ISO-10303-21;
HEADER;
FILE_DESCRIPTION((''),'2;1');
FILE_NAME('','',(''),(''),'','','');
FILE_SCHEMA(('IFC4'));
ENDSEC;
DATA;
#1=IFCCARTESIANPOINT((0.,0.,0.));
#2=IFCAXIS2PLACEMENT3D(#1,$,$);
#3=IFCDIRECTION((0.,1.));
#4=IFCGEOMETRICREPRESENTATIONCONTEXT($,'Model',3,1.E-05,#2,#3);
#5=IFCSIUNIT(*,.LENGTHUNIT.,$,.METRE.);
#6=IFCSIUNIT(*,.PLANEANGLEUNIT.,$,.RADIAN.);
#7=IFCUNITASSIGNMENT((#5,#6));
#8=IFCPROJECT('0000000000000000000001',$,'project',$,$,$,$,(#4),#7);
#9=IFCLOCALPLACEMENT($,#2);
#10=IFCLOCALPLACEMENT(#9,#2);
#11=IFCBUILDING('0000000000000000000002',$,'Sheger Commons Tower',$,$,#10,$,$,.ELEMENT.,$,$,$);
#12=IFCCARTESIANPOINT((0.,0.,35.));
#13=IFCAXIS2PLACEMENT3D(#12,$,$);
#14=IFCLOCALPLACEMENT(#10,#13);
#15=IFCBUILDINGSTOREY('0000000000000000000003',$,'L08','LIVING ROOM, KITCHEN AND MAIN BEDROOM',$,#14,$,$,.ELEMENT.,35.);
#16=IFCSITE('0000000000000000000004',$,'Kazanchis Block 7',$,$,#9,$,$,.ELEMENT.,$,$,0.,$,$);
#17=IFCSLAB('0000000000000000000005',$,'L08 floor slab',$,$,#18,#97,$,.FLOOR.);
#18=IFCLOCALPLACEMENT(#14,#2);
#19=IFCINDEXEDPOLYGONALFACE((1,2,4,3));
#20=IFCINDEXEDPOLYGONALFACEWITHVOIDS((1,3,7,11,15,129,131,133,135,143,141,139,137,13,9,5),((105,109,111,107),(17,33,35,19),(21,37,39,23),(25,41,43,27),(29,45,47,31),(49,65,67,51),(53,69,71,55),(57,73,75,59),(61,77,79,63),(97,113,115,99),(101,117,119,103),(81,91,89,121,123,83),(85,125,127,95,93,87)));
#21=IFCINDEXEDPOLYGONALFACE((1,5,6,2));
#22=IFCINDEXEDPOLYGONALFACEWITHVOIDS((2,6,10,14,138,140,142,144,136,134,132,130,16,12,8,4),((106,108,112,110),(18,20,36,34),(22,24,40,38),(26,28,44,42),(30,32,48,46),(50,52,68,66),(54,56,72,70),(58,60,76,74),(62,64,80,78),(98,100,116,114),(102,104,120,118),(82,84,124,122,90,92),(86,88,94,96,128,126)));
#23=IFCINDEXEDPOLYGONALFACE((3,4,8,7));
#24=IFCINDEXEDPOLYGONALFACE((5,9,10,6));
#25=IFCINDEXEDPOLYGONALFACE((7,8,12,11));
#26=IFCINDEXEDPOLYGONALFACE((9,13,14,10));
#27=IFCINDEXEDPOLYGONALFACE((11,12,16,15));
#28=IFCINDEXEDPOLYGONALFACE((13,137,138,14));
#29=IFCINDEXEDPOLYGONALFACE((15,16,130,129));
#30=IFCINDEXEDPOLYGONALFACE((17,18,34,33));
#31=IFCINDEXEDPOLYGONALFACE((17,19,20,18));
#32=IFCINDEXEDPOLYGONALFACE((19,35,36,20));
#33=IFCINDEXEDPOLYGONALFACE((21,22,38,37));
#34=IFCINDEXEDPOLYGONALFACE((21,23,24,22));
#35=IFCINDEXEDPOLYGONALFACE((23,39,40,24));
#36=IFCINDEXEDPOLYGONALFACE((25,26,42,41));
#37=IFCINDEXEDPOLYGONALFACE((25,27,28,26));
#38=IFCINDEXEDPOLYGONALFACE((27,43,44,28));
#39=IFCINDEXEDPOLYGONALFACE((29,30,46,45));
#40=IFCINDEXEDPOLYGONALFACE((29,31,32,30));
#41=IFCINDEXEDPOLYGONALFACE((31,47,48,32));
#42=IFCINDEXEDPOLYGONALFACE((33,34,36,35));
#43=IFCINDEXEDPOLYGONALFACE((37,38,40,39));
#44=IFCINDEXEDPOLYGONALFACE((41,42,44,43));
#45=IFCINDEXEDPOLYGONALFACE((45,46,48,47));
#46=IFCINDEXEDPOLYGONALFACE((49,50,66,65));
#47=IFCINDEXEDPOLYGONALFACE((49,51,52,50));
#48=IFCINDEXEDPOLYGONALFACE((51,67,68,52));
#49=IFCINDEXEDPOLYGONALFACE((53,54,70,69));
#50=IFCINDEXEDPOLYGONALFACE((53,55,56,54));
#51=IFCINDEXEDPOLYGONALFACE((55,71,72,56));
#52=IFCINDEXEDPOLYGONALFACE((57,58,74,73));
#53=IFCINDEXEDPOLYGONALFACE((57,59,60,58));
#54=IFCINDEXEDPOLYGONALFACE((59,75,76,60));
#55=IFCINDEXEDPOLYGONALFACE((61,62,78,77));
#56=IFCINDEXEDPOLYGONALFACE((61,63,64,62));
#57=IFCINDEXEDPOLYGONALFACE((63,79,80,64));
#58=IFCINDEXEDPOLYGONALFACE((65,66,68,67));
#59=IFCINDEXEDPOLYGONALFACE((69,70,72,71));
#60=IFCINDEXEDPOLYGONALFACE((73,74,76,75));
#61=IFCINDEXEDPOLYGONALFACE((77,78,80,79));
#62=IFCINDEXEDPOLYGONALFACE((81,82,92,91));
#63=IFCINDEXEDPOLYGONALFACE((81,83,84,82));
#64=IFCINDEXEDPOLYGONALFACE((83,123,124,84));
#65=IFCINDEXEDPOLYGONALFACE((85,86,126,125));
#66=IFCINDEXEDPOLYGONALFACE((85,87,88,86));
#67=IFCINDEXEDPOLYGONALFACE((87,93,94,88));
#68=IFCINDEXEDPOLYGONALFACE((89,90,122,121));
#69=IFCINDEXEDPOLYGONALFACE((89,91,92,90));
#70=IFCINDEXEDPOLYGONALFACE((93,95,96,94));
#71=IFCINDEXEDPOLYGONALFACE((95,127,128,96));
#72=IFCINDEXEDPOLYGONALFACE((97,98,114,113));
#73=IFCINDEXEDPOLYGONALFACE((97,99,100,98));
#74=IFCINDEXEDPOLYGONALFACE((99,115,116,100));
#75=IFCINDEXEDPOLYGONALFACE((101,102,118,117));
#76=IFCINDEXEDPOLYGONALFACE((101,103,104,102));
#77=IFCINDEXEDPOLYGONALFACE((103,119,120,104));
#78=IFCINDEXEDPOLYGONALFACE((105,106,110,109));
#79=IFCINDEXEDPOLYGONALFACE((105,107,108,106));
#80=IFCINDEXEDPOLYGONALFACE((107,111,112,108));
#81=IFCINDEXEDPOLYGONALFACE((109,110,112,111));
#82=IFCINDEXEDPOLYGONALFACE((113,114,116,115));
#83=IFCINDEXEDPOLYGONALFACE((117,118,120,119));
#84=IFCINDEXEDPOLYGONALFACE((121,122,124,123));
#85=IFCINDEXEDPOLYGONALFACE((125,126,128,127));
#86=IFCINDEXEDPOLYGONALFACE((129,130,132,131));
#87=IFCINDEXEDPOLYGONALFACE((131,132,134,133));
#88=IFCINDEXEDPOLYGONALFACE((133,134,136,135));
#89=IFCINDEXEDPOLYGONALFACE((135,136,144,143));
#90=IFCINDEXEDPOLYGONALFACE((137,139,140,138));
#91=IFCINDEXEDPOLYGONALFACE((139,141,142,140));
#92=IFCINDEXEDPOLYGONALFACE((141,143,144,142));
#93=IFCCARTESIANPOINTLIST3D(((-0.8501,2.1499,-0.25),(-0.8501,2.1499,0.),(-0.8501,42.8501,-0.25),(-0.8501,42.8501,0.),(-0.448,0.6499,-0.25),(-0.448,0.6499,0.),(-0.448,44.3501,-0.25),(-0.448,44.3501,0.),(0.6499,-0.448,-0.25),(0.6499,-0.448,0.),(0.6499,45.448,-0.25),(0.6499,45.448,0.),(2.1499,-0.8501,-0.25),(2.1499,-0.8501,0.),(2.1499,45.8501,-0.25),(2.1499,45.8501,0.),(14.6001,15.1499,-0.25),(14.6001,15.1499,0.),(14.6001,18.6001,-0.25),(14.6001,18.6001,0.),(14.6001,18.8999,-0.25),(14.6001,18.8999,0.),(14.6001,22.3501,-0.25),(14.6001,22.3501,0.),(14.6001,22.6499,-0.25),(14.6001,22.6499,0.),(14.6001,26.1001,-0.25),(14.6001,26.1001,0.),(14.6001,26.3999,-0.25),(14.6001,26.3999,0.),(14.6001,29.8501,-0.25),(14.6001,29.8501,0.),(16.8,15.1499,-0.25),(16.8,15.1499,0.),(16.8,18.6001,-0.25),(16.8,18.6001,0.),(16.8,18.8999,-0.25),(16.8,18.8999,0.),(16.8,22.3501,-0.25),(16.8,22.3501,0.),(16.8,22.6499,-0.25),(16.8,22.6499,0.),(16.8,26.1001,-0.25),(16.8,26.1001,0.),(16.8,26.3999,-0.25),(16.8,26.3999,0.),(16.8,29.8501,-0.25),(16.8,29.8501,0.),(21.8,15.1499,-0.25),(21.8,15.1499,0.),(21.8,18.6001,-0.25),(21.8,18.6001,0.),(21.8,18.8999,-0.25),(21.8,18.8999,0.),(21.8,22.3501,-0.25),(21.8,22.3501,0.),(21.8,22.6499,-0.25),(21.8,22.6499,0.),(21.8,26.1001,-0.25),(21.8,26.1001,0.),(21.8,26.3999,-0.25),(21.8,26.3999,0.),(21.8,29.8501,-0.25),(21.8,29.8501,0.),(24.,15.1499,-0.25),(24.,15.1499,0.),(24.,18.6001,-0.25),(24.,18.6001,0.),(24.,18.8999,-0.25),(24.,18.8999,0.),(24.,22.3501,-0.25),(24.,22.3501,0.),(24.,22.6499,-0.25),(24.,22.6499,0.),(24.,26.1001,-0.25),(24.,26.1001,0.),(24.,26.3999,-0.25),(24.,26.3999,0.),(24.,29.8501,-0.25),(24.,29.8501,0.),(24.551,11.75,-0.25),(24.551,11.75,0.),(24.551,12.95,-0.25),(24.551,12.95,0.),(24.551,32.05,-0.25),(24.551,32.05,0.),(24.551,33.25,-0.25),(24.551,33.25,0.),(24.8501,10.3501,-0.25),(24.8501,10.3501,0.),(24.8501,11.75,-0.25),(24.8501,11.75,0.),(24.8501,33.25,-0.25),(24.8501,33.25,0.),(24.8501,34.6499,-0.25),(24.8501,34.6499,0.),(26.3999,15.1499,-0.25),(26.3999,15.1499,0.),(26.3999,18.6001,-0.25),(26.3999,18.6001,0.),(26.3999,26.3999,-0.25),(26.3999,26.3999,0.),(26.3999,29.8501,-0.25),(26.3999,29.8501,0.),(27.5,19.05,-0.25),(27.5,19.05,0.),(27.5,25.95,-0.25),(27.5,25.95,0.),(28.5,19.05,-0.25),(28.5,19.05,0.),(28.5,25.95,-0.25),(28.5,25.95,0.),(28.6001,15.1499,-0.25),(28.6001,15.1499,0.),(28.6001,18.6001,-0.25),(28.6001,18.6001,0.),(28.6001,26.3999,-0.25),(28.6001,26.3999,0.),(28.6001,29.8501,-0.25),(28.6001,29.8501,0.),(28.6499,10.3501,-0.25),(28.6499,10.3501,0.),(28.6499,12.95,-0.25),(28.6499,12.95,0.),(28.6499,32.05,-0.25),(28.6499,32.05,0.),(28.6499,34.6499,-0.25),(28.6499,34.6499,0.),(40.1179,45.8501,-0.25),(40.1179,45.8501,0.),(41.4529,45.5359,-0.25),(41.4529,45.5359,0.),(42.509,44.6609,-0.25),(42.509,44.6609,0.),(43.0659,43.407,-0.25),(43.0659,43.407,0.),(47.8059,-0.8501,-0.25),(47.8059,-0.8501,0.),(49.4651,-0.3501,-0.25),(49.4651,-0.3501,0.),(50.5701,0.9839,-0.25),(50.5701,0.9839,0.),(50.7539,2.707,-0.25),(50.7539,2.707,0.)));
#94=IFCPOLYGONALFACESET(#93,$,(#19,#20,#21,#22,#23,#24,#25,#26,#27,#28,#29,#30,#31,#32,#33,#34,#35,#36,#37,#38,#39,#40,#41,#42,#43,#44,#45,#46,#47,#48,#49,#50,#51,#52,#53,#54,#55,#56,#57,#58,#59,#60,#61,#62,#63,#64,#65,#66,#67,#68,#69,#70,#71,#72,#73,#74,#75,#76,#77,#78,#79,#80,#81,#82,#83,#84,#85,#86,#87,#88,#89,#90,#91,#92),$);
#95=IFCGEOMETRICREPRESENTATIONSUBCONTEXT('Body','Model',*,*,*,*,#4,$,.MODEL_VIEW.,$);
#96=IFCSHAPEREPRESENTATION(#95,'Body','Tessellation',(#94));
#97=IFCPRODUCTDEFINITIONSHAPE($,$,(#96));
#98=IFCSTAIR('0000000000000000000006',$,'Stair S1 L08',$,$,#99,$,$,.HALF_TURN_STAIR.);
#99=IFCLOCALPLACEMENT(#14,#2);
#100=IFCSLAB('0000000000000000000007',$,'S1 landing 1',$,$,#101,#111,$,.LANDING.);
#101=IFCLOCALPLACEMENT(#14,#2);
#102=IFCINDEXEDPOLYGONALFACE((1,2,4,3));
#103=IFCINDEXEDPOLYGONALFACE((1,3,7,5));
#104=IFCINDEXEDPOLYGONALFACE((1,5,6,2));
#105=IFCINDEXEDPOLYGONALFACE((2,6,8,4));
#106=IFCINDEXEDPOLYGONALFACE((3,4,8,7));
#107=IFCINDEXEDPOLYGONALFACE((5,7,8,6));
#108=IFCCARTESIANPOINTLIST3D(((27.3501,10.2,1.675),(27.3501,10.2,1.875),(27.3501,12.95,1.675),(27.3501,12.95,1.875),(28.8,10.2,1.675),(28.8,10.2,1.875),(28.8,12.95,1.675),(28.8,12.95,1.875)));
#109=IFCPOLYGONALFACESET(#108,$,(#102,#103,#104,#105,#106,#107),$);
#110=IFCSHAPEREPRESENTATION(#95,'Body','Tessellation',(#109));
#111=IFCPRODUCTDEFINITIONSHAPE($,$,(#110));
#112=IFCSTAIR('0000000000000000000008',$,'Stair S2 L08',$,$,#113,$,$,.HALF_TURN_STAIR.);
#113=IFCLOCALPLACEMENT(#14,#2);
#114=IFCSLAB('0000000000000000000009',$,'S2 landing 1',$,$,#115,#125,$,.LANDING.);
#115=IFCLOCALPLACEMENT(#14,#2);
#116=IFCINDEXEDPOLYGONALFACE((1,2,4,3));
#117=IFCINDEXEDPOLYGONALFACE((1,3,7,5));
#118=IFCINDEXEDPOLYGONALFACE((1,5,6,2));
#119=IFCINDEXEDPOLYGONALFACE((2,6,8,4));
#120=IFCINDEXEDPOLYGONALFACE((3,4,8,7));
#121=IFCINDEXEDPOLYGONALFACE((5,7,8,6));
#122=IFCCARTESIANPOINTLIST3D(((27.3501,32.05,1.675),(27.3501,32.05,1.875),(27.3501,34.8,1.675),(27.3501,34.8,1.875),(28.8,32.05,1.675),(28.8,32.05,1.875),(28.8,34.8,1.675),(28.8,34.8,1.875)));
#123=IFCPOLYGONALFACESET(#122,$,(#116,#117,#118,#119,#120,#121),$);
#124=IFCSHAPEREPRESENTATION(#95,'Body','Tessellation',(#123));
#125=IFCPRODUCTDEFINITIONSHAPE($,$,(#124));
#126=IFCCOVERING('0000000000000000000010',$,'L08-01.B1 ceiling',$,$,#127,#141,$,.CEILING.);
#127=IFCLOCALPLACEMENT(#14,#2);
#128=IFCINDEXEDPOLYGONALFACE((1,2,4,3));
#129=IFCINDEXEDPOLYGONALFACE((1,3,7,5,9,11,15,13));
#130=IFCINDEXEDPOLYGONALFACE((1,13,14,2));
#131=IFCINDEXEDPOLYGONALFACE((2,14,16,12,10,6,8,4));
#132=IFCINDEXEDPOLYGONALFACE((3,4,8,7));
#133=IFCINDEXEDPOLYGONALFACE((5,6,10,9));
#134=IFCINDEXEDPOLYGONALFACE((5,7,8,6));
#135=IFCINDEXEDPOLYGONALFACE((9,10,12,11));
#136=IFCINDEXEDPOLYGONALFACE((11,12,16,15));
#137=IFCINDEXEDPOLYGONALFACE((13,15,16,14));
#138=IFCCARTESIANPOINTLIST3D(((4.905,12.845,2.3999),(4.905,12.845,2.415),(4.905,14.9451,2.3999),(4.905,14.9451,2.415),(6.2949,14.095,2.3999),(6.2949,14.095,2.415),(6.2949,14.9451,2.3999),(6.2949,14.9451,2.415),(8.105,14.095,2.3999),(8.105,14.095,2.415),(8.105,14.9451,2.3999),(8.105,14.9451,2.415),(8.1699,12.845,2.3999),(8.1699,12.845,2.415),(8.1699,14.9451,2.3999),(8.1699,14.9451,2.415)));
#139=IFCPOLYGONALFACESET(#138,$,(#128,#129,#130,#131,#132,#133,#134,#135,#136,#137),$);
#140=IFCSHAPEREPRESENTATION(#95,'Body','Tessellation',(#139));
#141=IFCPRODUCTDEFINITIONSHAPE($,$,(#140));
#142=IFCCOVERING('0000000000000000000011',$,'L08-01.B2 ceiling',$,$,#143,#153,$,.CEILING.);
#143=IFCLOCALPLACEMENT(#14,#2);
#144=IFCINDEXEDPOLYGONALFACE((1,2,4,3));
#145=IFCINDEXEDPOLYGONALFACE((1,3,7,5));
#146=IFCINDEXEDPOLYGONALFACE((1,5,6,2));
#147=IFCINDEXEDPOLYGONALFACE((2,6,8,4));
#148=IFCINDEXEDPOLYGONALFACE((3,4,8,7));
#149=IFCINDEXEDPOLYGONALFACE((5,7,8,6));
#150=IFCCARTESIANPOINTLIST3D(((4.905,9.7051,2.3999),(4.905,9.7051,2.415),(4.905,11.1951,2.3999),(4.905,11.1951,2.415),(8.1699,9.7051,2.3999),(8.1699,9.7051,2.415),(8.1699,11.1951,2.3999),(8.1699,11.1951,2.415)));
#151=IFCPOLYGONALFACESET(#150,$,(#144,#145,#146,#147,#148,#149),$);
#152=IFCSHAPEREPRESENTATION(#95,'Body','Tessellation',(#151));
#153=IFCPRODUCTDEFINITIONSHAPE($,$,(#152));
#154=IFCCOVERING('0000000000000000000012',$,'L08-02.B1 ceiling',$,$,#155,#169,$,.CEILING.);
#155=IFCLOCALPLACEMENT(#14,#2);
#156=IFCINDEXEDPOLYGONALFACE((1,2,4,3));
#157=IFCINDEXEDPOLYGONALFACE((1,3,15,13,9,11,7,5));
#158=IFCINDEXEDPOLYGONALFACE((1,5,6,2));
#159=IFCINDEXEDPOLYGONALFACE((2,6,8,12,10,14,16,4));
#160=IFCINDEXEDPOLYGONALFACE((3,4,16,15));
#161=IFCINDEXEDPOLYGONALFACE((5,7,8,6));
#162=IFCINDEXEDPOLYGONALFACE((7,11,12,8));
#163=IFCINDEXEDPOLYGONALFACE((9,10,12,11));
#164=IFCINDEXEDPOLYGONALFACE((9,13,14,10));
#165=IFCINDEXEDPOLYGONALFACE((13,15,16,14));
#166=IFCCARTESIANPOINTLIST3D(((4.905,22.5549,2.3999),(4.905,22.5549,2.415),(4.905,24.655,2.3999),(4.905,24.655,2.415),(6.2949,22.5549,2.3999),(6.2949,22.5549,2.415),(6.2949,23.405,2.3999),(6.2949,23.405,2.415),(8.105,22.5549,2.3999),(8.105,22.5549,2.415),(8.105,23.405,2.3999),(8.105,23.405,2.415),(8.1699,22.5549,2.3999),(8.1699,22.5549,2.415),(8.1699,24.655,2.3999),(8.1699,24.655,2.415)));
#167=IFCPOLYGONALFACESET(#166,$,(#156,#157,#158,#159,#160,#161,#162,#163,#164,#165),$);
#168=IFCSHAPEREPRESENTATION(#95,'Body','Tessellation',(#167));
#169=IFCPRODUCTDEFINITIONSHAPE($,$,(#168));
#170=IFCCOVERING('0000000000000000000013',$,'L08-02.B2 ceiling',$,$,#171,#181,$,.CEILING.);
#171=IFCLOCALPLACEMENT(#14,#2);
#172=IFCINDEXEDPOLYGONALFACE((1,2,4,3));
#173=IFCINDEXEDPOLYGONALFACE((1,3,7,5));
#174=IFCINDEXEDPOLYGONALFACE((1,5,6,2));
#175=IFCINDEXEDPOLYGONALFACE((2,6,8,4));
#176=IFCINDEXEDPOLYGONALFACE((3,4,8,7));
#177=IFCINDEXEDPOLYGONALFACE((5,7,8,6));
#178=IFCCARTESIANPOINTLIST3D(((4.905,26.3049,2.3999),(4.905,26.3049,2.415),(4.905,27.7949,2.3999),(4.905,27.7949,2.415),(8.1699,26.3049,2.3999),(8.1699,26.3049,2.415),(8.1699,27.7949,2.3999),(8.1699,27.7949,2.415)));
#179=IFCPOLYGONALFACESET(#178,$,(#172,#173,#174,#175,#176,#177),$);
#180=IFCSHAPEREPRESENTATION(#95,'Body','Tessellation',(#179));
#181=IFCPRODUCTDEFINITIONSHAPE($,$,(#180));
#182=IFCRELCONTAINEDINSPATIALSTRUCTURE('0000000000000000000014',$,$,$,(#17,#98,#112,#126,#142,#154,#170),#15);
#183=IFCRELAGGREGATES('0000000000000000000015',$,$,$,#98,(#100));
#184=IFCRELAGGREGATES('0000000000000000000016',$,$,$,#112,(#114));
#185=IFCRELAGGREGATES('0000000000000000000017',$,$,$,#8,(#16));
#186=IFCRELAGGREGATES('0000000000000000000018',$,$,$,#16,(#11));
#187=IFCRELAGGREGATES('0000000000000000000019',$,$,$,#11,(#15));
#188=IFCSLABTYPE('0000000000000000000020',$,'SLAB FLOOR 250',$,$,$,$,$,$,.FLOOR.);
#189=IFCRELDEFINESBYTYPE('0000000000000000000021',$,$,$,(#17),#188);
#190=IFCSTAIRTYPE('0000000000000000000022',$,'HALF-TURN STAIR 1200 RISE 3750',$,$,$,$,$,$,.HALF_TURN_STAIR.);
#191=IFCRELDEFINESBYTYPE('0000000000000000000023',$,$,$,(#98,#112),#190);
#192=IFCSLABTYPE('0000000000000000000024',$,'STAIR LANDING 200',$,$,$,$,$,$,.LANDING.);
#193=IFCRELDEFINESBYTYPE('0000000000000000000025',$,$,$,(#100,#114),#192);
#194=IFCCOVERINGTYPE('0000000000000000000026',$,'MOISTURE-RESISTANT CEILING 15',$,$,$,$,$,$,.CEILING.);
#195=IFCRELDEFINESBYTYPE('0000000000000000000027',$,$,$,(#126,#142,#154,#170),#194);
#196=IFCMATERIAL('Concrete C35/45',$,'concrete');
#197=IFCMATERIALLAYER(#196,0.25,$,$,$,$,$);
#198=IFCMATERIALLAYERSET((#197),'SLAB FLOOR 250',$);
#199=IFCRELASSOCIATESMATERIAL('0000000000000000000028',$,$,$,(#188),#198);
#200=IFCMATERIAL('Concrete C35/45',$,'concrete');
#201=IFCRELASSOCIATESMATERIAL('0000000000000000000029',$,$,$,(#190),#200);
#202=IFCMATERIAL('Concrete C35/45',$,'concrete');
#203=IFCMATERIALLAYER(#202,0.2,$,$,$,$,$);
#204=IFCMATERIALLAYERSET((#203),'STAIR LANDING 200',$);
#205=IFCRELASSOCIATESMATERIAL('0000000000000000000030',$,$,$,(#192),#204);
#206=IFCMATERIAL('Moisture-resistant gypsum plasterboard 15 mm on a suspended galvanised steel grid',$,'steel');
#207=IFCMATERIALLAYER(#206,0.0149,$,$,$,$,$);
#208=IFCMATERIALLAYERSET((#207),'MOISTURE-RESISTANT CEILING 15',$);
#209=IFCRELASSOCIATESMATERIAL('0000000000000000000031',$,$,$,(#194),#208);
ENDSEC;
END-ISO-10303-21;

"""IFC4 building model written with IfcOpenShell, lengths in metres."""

from ifc_helpers import new_model, si_unit, direction, frame, origin, place, context, subcontext, project, spatial, polyline, outline, extrude, material, layer, layer_set, type_object, element, aggregate, save


model = new_model("IFC4")

# Units and contexts
model_context = context("Model", 3, precision=1e-05, world=origin(), true_north=direction((0.0, 1.0)))
body_context = subcontext(model_context, "Body", "Model", "MODEL_VIEW")
ifc_project = project(units=[si_unit("LENGTHUNIT", "METRE"), si_unit("PLANEANGLEUNIT", "RADIAN")], contexts=[model_context])

# Site, building, storey
site_placement = place(None, origin())
site = spatial("IfcSite", under=ifc_project, at=site_placement, Name="Kazanchis Block 7", CompositionType="ELEMENT", RefElevation=0.0)
building_placement = place(site_placement, origin())
building = spatial("IfcBuilding", under=site, at=building_placement, Name="Sheger Commons Tower", CompositionType="ELEMENT")
storey_placement = place(building_placement, frame((0.0, 0.0, 35.0)))
storey = spatial("IfcBuildingStorey", under=building, at=storey_placement, Name="L08", Description="LIVING ROOM, KITCHEN AND MAIN BEDROOM", CompositionType="ELEMENT", Elevation=35.0)

# Slab
ifc_material_1 = material(Name="Concrete C35/45", Category="concrete")
ifc_layer_1 = layer(ifc_material_1, 0.25)
ifc_layer_set_1 = layer_set([ifc_layer_1], Name="SLAB FLOOR 250")
slab_type_1 = type_object("IfcSlabType", Name="SLAB FLOOR 250", PredefinedType="FLOOR", material=ifc_layer_set_1)
slab_1_placement = place(storey_placement, frame((0.0, 0.0, -0.25)))
element("IfcSlab", 1, at=slab_1_placement, inside=storey, type_object=slab_type_1, Name="L08 floor slab", PredefinedType="FLOOR", context=body_context, shape_type="SweptSolid", body=[
    extrude(outline(polyline([(-0.8501, 2.1499), (-0.448, 0.6499), (0.6499, -0.448), (2.1499, -0.8501), (47.8059, -0.8501), (49.4651, -0.3501), (50.5701, 0.9839), (50.7539, 2.707), (43.0659, 43.407), (42.509, 44.6609), (41.4529, 45.5359), (40.1179, 45.8501), (2.1499, 45.8501), (0.6499, 45.448), (-0.448, 44.3501), (-0.8501, 42.8501), (-0.8501, 2.1499)]), holes=[polyline([(24.8501, 10.3501), (28.6499, 10.3501), (28.6499, 12.95), (24.551, 12.95), (24.551, 11.75), (24.8501, 11.75), (24.8501, 10.3501)]), polyline([(24.551, 32.05), (28.6499, 32.05), (28.6499, 34.6499), (24.8501, 34.6499), (24.8501, 33.25), (24.551, 33.25), (24.551, 32.05)]), polyline([(26.3999, 15.1499), (28.6001, 15.1499), (28.6001, 18.6001), (26.3999, 18.6001), (26.3999, 15.1499)]), polyline([(26.3999, 26.3999), (28.6001, 26.3999), (28.6001, 29.8501), (26.3999, 29.8501), (26.3999, 26.3999)]), polyline([(14.6001, 15.1499), (16.8, 15.1499), (16.8, 18.6001), (14.6001, 18.6001), (14.6001, 15.1499)]), polyline([(14.6001, 18.8999), (16.8, 18.8999), (16.8, 22.3501), (14.6001, 22.3501), (14.6001, 18.8999)]), polyline([(14.6001, 22.6499), (16.8, 22.6499), (16.8, 26.1001), (14.6001, 26.1001), (14.6001, 22.6499)]), polyline([(14.6001, 26.3999), (16.8, 26.3999), (16.8, 29.8501), (14.6001, 29.8501), (14.6001, 26.3999)]), polyline([(21.8, 15.1499), (24.0, 15.1499), (24.0, 18.6001), (21.8, 18.6001), (21.8, 15.1499)]), polyline([(21.8, 18.8999), (24.0, 18.8999), (24.0, 22.3501), (21.8, 22.3501), (21.8, 18.8999)]), polyline([(21.8, 22.6499), (24.0, 22.6499), (24.0, 26.1001), (21.8, 26.1001), (21.8, 22.6499)]), polyline([(21.8, 26.3999), (24.0, 26.3999), (24.0, 29.8501), (21.8, 29.8501), (21.8, 26.3999)]), polyline([(27.5, 19.05), (28.5, 19.05), (28.5, 25.95), (27.5, 25.95), (27.5, 19.05)])]), origin(), (0.0, 0.0, 1.0), 0.25),
])

# Stairs, slabs
ifc_material_2 = material(Name="Concrete C35/45", Category="concrete")
stair_type = type_object("IfcStairType", Name="HALF-TURN STAIR 1200 RISE 3750", PredefinedType="HALF_TURN_STAIR", material=ifc_material_2)
stair_1_placement = place(storey_placement, origin())
stair_1 = element("IfcStair", 2, at=stair_1_placement, inside=storey, type_object=stair_type, Name="Stair S1 L08", PredefinedType="HALF_TURN_STAIR")
ifc_material_3 = material(Name="Concrete C35/45", Category="concrete")
ifc_layer_2 = layer(ifc_material_3, 0.2)
ifc_layer_set_2 = layer_set([ifc_layer_2], Name="STAIR LANDING 200")
slab_type_2 = type_object("IfcSlabType", Name="STAIR LANDING 200", PredefinedType="LANDING", material=ifc_layer_set_2)
slab_2_placement = place(storey_placement, frame((0.0, 0.0, 1.675)))
slab_2 = element("IfcSlab", 3, at=slab_2_placement, type_object=slab_type_2, Name="S1 landing 1", PredefinedType="LANDING", context=body_context, shape_type="SweptSolid", body=[
    extrude(outline(polyline([(27.3501, 10.2), (28.8, 10.2), (28.8, 12.95), (27.3501, 12.95), (27.3501, 10.2)])), origin(), (0.0, 0.0, 1.0), 0.2),
])
aggregate(stair_1, [slab_2])
stair_2_placement = place(storey_placement, origin())
stair_2 = element("IfcStair", 4, at=stair_2_placement, inside=storey, type_object=stair_type, Name="Stair S2 L08", PredefinedType="HALF_TURN_STAIR")
slab_3_placement = place(storey_placement, frame((0.0, 0.0, 1.675)))
slab_3 = element("IfcSlab", 5, at=slab_3_placement, type_object=slab_type_2, Name="S2 landing 1", PredefinedType="LANDING", context=body_context, shape_type="SweptSolid", body=[
    extrude(outline(polyline([(27.3501, 32.05), (28.8, 32.05), (28.8, 34.8), (27.3501, 34.8), (27.3501, 32.05)])), origin(), (0.0, 0.0, 1.0), 0.2),
])
aggregate(stair_2, [slab_3])

# Coverings
ifc_material_4 = material(Name="Moisture-resistant gypsum plasterboard 15 mm on a suspended galvanised steel grid", Category="steel")
ifc_layer_3 = layer(ifc_material_4, 0.0149)
ifc_layer_set_3 = layer_set([ifc_layer_3], Name="MOISTURE-RESISTANT CEILING 15")
covering_type_1 = type_object("IfcCoveringType", Name="MOISTURE-RESISTANT CEILING 15", PredefinedType="CEILING", material=ifc_layer_set_3)
covering_1_placement = place(storey_placement, frame((0.0, 0.0, 2.3999)))
element("IfcCovering", 6, at=covering_1_placement, inside=storey, type_object=covering_type_1, Name="L08-01.B1 ceiling", PredefinedType="CEILING", context=body_context, shape_type="SweptSolid", body=[
    extrude(outline(polyline([(4.905, 12.845), (8.1699, 12.845), (8.1699, 14.9451), (8.105, 14.9451), (8.105, 14.095), (6.2949, 14.095), (6.2949, 14.9451), (4.905, 14.9451), (4.905, 12.845)])), origin(), (0.0, 0.0, 1.0), 0.0151),
])
covering_2_placement = place(storey_placement, frame((0.0, 0.0, 2.3999)))
element("IfcCovering", 7, at=covering_2_placement, inside=storey, type_object=covering_type_1, Name="L08-01.B2 ceiling", PredefinedType="CEILING", context=body_context, shape_type="SweptSolid", body=[
    extrude(outline(polyline([(4.905, 9.7051), (8.1699, 9.7051), (8.1699, 11.1951), (4.905, 11.1951), (4.905, 9.7051)])), origin(), (0.0, 0.0, 1.0), 0.0151),
])
covering_3_placement = place(storey_placement, frame((0.0, 0.0, 2.3999)))
element("IfcCovering", 8, at=covering_3_placement, inside=storey, type_object=covering_type_1, Name="L08-02.B1 ceiling", PredefinedType="CEILING", context=body_context, shape_type="SweptSolid", body=[
    extrude(outline(polyline([(4.905, 22.5549), (6.2949, 22.5549), (6.2949, 23.405), (8.105, 23.405), (8.105, 22.5549), (8.1699, 22.5549), (8.1699, 24.655), (4.905, 24.655), (4.905, 22.5549)])), origin(), (0.0, 0.0, 1.0), 0.0151),
])
covering_4_placement = place(storey_placement, frame((0.0, 0.0, 2.3999)))
element("IfcCovering", 9, at=covering_4_placement, inside=storey, type_object=covering_type_1, Name="L08-02.B2 ceiling", PredefinedType="CEILING", context=body_context, shape_type="SweptSolid", body=[
    extrude(outline(polyline([(4.905, 26.3049), (8.1699, 26.3049), (8.1699, 27.7949), (4.905, 27.7949), (4.905, 26.3049)])), origin(), (0.0, 0.0, 1.0), 0.0151),
])

save(model, "model.ifc")
